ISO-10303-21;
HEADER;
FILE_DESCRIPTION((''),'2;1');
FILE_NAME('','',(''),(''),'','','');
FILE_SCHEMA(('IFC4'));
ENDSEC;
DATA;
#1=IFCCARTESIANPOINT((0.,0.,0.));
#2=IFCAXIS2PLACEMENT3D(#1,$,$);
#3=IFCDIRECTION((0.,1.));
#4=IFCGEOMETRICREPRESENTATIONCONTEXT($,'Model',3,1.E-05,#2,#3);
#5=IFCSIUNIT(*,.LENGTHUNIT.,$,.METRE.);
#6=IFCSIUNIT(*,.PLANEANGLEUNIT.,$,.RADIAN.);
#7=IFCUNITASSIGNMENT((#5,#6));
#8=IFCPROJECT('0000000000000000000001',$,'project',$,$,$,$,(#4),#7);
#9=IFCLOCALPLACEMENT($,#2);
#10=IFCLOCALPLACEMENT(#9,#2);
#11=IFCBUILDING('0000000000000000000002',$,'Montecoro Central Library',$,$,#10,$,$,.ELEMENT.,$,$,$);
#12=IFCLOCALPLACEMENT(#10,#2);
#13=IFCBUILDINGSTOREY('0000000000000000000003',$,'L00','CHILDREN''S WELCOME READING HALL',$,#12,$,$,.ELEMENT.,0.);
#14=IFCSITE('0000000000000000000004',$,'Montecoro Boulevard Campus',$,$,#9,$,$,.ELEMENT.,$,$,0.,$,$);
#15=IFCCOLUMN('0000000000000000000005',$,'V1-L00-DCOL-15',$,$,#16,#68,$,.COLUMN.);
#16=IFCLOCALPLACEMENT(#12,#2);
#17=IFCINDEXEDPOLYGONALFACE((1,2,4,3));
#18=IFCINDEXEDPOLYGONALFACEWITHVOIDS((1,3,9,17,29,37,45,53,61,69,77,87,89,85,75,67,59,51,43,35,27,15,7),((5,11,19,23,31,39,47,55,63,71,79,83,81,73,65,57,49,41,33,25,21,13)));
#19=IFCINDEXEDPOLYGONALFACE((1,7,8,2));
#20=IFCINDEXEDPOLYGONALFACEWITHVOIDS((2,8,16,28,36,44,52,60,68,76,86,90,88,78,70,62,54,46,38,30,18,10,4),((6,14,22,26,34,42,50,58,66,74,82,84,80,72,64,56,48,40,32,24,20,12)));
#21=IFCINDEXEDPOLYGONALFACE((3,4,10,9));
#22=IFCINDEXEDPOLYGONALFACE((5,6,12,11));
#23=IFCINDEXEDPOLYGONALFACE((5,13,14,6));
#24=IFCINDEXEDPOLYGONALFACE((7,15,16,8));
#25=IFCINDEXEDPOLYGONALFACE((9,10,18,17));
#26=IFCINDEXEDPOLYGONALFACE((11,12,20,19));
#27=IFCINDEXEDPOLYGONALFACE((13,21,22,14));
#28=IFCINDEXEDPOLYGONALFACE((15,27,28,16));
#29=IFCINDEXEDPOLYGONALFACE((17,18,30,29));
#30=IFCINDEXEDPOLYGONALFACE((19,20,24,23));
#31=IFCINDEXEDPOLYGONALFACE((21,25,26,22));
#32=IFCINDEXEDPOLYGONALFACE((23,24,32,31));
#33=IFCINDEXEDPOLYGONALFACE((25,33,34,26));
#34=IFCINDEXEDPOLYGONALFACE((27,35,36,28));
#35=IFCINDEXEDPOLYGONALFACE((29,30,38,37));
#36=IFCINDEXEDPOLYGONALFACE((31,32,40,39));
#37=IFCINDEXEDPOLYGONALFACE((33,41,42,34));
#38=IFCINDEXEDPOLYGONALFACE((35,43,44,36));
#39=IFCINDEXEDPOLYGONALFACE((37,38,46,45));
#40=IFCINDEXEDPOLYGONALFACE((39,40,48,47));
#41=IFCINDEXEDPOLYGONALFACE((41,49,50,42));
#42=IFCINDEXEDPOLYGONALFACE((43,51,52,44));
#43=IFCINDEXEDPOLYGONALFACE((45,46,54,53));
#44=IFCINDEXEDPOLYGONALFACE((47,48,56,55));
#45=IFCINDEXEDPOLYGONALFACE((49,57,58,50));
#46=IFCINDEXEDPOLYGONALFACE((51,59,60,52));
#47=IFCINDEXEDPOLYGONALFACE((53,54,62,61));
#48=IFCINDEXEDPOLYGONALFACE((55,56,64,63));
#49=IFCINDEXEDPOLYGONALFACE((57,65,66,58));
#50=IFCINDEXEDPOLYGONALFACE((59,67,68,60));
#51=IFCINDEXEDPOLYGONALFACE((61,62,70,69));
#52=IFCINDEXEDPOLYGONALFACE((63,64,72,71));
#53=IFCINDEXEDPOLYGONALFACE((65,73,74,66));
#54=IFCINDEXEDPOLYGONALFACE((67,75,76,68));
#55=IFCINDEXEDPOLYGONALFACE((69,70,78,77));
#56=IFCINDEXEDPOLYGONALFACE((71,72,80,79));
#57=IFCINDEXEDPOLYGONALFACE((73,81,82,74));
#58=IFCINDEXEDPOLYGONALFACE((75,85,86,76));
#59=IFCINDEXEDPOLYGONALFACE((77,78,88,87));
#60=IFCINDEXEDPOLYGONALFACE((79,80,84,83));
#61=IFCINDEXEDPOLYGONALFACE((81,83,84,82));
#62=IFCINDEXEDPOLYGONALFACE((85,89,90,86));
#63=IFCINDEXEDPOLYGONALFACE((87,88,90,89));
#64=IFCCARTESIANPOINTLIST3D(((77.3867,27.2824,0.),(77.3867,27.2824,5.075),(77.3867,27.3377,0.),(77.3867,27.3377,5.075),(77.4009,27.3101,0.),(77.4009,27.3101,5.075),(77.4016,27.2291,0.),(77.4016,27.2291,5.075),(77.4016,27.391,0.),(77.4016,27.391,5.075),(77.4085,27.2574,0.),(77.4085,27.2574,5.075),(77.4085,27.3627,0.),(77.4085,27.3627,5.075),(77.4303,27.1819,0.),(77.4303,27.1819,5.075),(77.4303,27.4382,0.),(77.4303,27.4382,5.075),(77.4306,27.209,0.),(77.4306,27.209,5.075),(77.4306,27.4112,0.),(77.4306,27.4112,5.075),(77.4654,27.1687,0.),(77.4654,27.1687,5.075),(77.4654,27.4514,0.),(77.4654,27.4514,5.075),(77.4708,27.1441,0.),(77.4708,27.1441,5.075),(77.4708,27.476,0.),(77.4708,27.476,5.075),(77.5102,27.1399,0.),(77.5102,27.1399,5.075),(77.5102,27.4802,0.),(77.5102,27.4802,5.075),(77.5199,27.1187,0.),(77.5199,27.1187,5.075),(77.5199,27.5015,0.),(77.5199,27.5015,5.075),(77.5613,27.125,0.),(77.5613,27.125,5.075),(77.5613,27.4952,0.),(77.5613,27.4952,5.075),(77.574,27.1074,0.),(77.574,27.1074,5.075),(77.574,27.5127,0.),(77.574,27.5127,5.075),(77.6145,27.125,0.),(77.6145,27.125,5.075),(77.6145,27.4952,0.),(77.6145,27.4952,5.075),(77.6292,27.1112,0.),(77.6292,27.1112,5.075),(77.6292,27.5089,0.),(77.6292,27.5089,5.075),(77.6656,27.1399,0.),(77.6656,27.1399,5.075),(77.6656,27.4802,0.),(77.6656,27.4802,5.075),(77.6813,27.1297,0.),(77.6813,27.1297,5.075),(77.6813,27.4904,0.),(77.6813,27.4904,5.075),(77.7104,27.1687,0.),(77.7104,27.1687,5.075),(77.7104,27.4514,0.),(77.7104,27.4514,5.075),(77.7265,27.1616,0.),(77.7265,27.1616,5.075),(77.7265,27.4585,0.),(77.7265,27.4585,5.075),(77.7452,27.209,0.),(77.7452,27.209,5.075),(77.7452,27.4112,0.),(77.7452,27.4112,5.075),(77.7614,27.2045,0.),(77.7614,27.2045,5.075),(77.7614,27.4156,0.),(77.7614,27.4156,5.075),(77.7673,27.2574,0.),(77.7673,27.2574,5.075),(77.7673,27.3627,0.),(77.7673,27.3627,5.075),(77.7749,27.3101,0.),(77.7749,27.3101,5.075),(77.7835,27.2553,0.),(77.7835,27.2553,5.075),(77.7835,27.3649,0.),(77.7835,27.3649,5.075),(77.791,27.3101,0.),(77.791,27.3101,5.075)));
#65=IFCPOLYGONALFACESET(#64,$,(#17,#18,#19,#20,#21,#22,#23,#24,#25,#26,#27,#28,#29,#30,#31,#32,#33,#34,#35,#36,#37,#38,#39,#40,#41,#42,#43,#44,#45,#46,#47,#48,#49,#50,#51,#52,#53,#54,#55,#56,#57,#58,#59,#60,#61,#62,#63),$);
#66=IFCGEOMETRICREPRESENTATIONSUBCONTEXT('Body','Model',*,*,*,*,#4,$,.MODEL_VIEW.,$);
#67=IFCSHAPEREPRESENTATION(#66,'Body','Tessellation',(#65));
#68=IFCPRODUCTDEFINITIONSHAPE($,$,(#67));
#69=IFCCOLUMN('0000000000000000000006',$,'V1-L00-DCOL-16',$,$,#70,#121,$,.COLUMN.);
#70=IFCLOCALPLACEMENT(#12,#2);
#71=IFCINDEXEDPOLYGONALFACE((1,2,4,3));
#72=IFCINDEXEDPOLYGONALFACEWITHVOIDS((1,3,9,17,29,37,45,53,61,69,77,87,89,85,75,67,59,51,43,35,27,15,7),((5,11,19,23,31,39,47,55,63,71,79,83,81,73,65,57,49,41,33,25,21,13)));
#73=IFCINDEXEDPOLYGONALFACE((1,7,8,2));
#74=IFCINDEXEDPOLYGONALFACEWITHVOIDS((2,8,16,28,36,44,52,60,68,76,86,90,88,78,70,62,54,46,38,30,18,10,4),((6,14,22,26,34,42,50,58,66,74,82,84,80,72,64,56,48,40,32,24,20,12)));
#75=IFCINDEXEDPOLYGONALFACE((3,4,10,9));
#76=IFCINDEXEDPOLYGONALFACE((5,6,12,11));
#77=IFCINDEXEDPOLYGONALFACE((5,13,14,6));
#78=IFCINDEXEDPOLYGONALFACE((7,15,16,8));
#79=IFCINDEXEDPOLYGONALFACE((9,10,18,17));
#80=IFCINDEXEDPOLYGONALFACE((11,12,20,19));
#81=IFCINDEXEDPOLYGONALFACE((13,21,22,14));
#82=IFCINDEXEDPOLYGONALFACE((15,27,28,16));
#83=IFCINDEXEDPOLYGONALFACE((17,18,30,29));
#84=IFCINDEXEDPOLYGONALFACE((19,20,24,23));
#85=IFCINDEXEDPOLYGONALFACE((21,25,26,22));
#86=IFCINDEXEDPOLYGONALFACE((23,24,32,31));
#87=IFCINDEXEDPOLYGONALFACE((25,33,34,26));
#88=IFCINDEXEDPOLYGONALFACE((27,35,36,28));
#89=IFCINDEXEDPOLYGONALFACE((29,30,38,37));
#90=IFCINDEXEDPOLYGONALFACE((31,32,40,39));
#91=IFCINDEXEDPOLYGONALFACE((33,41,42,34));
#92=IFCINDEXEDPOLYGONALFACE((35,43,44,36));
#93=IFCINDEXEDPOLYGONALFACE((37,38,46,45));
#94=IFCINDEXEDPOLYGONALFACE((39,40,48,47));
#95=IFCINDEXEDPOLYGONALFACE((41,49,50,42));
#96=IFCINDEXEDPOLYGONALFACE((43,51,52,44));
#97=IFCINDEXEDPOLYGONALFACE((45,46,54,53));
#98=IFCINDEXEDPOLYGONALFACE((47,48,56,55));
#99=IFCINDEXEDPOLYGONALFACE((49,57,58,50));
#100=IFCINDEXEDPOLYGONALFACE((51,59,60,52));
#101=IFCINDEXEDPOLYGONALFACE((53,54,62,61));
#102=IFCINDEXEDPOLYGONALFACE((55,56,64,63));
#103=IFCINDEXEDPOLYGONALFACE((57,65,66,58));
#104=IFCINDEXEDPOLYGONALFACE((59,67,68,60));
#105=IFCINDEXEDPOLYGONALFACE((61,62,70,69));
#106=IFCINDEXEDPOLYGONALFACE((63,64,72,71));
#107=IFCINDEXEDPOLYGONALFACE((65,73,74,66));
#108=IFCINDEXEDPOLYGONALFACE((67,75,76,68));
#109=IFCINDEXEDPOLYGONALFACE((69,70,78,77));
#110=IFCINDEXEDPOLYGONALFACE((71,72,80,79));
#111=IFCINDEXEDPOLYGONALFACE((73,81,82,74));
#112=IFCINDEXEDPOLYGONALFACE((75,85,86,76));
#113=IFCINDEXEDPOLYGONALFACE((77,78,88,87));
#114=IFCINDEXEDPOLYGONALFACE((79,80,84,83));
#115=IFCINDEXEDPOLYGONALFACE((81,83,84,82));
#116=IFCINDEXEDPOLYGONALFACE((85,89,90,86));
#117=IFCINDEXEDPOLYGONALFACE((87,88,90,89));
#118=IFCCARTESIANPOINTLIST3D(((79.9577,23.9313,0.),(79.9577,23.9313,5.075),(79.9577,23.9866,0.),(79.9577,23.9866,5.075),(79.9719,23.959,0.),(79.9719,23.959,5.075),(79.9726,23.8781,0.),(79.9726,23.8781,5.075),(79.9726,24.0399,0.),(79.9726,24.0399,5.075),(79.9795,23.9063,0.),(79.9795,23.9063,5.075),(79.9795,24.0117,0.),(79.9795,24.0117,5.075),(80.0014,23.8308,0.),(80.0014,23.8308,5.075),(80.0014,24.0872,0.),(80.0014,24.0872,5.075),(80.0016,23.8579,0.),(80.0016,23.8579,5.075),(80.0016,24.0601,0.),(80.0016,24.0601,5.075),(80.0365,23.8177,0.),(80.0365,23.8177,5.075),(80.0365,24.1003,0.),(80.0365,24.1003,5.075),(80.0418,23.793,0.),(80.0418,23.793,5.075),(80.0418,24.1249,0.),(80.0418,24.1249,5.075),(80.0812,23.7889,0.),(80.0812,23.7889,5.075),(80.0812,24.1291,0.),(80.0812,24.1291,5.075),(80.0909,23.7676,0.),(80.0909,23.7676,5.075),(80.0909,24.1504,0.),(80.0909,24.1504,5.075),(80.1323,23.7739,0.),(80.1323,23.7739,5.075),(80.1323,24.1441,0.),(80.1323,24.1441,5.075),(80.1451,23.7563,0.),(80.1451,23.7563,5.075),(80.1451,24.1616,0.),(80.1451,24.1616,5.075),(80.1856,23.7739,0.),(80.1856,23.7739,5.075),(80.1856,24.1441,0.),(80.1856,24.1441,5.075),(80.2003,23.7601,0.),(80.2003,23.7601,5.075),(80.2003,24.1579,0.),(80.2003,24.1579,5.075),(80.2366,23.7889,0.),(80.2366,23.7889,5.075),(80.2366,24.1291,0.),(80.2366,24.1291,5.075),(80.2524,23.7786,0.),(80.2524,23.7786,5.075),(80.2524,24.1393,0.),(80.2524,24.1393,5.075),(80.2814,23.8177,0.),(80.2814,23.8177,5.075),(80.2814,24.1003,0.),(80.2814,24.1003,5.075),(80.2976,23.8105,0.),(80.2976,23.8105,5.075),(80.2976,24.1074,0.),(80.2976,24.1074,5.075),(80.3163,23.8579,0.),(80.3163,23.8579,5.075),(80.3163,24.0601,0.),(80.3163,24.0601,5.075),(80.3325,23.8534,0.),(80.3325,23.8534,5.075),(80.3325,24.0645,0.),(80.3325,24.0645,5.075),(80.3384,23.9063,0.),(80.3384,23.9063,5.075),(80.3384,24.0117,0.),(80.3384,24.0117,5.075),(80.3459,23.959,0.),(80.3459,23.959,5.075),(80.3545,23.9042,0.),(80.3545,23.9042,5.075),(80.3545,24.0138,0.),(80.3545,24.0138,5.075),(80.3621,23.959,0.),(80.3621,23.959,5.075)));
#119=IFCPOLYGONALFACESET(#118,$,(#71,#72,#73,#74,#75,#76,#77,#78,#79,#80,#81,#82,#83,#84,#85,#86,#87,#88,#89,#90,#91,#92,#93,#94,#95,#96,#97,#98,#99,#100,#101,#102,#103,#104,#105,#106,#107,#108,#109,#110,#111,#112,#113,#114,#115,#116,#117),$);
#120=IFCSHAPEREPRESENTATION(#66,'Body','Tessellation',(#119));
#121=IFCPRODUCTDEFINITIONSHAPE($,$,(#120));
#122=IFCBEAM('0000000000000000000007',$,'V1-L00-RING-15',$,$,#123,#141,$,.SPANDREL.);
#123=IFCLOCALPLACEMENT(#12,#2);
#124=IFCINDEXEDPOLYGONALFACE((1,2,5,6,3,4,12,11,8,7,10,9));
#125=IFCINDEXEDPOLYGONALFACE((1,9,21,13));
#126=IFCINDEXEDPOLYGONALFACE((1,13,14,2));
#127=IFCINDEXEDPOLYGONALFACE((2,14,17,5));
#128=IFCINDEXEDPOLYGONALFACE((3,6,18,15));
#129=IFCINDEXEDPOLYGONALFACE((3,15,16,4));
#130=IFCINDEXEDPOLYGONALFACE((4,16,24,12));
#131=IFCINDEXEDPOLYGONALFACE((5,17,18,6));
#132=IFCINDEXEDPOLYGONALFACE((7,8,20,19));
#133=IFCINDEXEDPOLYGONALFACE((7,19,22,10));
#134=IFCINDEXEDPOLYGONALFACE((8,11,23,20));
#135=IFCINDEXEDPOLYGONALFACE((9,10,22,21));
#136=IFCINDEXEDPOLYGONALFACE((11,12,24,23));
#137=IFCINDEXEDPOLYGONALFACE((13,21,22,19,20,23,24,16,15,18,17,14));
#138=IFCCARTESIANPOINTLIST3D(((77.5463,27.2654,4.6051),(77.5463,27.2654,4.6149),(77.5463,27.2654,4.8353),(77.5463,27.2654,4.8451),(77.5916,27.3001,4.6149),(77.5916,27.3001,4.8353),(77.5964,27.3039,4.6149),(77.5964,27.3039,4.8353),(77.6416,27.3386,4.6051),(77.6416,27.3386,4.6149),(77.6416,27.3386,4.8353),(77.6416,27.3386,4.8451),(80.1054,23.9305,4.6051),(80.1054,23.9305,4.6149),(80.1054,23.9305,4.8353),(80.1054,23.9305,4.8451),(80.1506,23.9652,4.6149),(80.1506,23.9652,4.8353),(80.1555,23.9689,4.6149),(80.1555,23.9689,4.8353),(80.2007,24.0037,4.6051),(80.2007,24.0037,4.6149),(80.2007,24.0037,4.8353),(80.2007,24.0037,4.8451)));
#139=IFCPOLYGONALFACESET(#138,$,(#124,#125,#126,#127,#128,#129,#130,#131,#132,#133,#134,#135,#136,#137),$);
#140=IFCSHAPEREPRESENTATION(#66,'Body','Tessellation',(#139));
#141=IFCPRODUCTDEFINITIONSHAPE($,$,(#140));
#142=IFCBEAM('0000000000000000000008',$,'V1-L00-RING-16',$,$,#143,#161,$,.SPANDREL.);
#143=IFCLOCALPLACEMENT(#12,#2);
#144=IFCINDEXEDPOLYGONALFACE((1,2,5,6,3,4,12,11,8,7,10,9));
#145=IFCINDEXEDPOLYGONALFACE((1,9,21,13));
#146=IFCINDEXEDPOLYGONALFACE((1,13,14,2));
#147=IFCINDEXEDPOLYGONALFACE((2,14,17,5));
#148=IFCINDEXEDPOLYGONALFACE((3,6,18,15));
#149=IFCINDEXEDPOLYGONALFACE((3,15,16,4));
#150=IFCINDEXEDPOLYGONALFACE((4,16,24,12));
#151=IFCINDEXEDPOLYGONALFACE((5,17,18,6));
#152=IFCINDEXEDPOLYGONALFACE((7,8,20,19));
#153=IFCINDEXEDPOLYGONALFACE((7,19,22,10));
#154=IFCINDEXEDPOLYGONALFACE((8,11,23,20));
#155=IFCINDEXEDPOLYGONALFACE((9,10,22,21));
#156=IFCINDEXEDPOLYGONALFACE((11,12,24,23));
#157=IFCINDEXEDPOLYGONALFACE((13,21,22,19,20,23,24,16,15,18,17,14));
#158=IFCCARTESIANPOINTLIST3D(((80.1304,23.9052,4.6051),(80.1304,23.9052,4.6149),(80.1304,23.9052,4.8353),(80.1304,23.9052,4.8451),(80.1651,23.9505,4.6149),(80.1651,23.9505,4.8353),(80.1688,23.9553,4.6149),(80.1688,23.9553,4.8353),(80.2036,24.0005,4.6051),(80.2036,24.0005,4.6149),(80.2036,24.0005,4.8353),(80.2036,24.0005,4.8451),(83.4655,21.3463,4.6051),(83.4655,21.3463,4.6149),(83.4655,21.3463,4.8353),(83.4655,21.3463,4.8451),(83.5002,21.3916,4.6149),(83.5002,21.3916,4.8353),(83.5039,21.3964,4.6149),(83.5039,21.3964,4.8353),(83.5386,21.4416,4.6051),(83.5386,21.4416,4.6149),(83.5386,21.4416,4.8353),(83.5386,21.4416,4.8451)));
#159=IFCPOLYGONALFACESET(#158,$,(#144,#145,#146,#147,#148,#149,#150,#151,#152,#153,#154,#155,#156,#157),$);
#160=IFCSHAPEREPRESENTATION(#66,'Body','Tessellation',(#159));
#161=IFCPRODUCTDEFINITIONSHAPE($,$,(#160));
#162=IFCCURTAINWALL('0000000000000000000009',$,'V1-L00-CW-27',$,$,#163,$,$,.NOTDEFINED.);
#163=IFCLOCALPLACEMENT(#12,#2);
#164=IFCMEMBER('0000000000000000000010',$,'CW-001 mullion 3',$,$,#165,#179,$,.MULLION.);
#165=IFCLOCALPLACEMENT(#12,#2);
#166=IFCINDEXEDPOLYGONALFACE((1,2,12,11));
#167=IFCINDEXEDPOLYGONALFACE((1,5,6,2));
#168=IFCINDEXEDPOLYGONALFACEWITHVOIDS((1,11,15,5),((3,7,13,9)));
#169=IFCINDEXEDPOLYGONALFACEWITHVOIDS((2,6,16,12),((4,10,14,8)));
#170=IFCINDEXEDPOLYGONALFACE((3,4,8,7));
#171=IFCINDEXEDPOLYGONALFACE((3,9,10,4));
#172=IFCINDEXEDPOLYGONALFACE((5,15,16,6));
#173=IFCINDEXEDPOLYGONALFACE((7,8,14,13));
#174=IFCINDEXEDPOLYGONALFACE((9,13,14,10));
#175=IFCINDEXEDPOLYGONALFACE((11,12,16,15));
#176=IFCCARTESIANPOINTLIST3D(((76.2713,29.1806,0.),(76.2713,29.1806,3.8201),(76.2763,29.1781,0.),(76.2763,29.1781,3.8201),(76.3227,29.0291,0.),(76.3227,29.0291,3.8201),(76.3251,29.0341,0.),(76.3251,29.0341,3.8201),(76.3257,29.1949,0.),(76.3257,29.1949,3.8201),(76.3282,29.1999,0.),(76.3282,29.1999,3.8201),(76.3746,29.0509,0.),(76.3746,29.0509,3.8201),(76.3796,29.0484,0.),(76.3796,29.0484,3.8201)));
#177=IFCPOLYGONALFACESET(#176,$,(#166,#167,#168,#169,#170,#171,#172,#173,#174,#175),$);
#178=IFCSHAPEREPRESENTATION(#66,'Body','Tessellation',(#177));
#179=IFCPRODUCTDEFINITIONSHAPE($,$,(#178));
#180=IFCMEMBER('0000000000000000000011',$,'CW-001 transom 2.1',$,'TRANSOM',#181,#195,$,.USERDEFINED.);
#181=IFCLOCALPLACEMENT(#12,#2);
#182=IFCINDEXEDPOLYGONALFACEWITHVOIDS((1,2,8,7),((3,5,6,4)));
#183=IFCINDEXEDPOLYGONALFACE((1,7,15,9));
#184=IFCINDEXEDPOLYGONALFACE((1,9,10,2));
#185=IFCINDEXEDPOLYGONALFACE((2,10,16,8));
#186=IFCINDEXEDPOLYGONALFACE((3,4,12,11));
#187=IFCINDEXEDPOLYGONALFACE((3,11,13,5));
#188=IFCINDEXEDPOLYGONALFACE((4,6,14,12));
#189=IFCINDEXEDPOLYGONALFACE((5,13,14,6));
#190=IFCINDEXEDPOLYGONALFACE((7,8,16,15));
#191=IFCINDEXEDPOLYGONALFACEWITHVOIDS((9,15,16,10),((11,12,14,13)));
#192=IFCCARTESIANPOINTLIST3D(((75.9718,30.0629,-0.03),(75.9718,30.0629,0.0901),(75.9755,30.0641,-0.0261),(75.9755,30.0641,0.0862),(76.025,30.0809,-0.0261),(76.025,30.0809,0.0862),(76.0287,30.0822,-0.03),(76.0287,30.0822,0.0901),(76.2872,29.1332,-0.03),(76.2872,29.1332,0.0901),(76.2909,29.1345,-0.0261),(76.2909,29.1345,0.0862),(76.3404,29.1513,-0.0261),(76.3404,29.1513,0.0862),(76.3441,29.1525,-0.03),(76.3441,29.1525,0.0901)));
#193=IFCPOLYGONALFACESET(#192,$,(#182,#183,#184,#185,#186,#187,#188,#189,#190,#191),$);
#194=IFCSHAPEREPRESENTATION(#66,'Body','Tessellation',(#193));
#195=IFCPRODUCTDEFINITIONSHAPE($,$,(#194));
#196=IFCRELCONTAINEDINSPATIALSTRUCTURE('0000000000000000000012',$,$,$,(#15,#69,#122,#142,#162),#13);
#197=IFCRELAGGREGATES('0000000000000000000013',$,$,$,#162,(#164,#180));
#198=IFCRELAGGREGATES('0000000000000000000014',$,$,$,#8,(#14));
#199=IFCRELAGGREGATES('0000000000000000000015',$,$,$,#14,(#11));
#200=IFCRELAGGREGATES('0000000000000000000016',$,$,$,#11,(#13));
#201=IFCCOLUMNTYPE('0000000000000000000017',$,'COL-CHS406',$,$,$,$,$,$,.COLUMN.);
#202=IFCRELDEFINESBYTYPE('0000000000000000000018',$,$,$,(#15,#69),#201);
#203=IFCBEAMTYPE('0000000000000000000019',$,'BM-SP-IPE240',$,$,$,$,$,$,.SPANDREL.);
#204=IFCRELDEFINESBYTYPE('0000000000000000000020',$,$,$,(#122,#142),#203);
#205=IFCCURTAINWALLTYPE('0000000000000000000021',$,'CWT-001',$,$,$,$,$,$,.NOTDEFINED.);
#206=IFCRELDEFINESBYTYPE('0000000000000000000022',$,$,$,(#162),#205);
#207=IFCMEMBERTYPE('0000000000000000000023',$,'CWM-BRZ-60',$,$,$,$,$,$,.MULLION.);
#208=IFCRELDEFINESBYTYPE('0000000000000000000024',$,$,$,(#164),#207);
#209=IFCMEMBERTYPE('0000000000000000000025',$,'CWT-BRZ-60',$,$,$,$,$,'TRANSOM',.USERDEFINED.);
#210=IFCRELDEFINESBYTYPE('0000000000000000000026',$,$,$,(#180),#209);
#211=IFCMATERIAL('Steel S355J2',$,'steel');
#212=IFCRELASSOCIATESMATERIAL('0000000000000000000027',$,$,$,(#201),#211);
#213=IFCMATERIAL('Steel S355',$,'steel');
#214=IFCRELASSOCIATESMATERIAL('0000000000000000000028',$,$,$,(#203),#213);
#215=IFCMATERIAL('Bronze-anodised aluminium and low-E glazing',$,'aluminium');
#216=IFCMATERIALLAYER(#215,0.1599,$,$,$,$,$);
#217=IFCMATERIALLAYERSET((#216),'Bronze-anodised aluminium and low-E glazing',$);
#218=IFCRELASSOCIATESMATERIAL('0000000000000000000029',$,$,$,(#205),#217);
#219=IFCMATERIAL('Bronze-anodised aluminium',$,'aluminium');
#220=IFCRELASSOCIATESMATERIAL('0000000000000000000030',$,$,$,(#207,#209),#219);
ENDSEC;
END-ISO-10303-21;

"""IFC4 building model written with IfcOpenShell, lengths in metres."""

from ifc_helpers import new_model, si_unit, direction, frame, origin, origin_2d, place, context, subcontext, project, spatial, hollow_rectangle, hollow_circle, i_section, extrude, material, layer, layer_set, material_profile, profile_set, type_object, element, aggregate, save


model = new_model("IFC4")

# Units and contexts
model_context = context("Model", 3, precision=1e-05, world=origin(), true_north=direction((0.0, 1.0)))
body_context = subcontext(model_context, "Body", "Model", "MODEL_VIEW")
ifc_project = project(units=[si_unit("LENGTHUNIT", "METRE"), si_unit("PLANEANGLEUNIT", "RADIAN")], contexts=[model_context])

# Site, building, storey
site_placement = place(None, origin())
site = spatial("IfcSite", under=ifc_project, at=site_placement, Name="Montecoro Boulevard Campus", CompositionType="ELEMENT", RefElevation=0.0)
building_placement = place(site_placement, origin())
building = spatial("IfcBuilding", under=site, at=building_placement, Name="Montecoro Central Library", CompositionType="ELEMENT")
storey_placement = place(building_placement, origin())
storey = spatial("IfcBuildingStorey", under=building, at=storey_placement, Name="L00", Description="CHILDREN'S WELCOME READING HALL", CompositionType="ELEMENT", Elevation=0.0)

# Columns
ifc_material_1 = material(Name="Steel S355J2", Category="steel")
ifc_material_profile_1 = material_profile(ifc_material_1, hollow_circle(Radius=0.2031, WallThickness=0.0161, at=origin_2d()), Name="CHS 406.4x16.0")
ifc_profile_set_1 = profile_set([ifc_material_profile_1], Name="Steel S355J2")
column_type = type_object("IfcColumnType", Name="COL-CHS406", PredefinedType="COLUMN", material=ifc_profile_set_1)
for number, where, z_axis, x_axis, name in (
    (1, (77.5879, 27.3101, 0.0), (0.0, 0.0, 1.0), (1.0, 0.0, 0.0), "V1-L00-DCOL-15"),
    (2, (80.1589, 23.959, 0.0), (0.0, 0.0, 1.0), (1.0, 0.0, 0.0), "V1-L00-DCOL-16"),
):
    element("IfcColumn", number, at=place(storey_placement, frame(where, z_axis=z_axis, x_axis=x_axis)), inside=storey, type_object=column_type, Name=name, PredefinedType="COLUMN", context=body_context, shape_type="SweptSolid", body=[
        extrude(hollow_circle(Radius=0.2031, WallThickness=0.0161, at=origin_2d()), origin(), (0.0, 0.0, 1.0), 5.075),
    ])

# Beams
ifc_material_2 = material(Name="Steel S355", Category="steel")
ifc_material_profile_2 = material_profile(ifc_material_2, i_section(OverallWidth=0.1201, OverallDepth=0.24, WebThickness=0.0061, FlangeThickness=0.0098, at=origin_2d()), Name="IPE 240")
ifc_profile_set_2 = profile_set([ifc_material_profile_2], Name="Steel S355")
beam_type = type_object("IfcBeamType", Name="BM-SP-IPE240", PredefinedType="SPANDREL", material=ifc_profile_set_2)
for number, where, z_axis, x_axis, name in (
    (3, (77.594, 27.302, 4.7251), (0.608773, -0.793345, 0.0), (0.793345, 0.608773, 0.0), "V1-L00-RING-15"),
    (4, (80.167, 23.9529, 4.7251), (0.793373, -0.608736, 0.0), (0.608736, 0.793373, 0.0), "V1-L00-RING-16"),
):
    element("IfcBeam", number, at=place(storey_placement, frame(where, z_axis=z_axis, x_axis=x_axis)), inside=storey, type_object=beam_type, Name=name, PredefinedType="SPANDREL", context=body_context, shape_type="SweptSolid", body=[
        extrude(i_section(OverallWidth=0.1201, OverallDepth=0.24, WebThickness=0.0061, FlangeThickness=0.0098, at=origin_2d()), origin(), (0.0, 0.0, 1.0), 4.2036),
    ])

# Curtain wall, members
ifc_material_3 = material(Name="Bronze-anodised aluminium and low-E glazing", Category="aluminium")
ifc_layer_1 = layer(ifc_material_3, 0.1599)
ifc_layer_set_1 = layer_set([ifc_layer_1], Name="Bronze-anodised aluminium and low-E glazing")
curtain_wall_type = type_object("IfcCurtainWallType", Name="CWT-001", PredefinedType="NOTDEFINED", material=ifc_layer_set_1)
curtain_wall_placement = place(storey_placement, origin())
curtain_wall = element("IfcCurtainWall", 5, at=curtain_wall_placement, inside=storey, type_object=curtain_wall_type, Name="V1-L00-CW-27", PredefinedType="NOTDEFINED")
ifc_material_4 = material(Name="Bronze-anodised aluminium", Category="aluminium")
ifc_material_profile_3 = material_profile(ifc_material_4, hollow_rectangle(XDim=0.0601, YDim=0.1599, WallThickness=0.0039, at=origin_2d()), Name="CWM 160x60x4.0")
ifc_profile_set_3 = profile_set([ifc_material_profile_3], Name="Bronze-anodised aluminium")
member_type_1 = type_object("IfcMemberType", Name="CWM-BRZ-60", PredefinedType="MULLION", material=ifc_profile_set_3)
member_1_placement = place(storey_placement, frame((76.3254, 29.1145, 0.0), z_axis=(0.0, 0.0, 1.0), x_axis=(0.946943, 0.321401, 0.0)))
member_1 = element("IfcMember", 6, at=member_1_placement, type_object=member_type_1, Name="CW-001 mullion 3", PredefinedType="MULLION", context=body_context, shape_type="SweptSolid", body=[
    extrude(hollow_rectangle(XDim=0.0601, YDim=0.1599, WallThickness=0.0039, at=origin_2d()), origin(), (0.0, 0.0, 1.0), 3.8201),
])
ifc_material_profile_4 = material_profile(ifc_material_4, hollow_rectangle(XDim=0.0601, YDim=0.1201, WallThickness=0.0039, at=origin_2d()), Name="CWT 120x60x4.0")
ifc_profile_set_4 = profile_set([ifc_material_profile_4], Name="Bronze-anodised aluminium")
member_type_2 = type_object("IfcMemberType", Name="CWT-BRZ-60", ElementType="TRANSOM", PredefinedType="USERDEFINED", material=ifc_profile_set_4)
member_2_placement = place(storey_placement, frame((76.0002, 30.0725, 0.03), z_axis=(0.321296, -0.946979, 0.0), x_axis=(0.946979, 0.321296, 0.0)))
member_2 = element("IfcMember", 7, at=member_2_placement, type_object=member_type_2, Name="CW-001 transom 2.1", ObjectType="TRANSOM", PredefinedType="USERDEFINED", context=body_context, shape_type="SweptSolid", body=[
    extrude(hollow_rectangle(XDim=0.0601, YDim=0.1201, WallThickness=0.0039, at=origin_2d()), origin(), (0.0, 0.0, 1.0), 0.9817),
])
aggregate(curtain_wall, [member_1, member_2])

save(model, "model.ifc")
